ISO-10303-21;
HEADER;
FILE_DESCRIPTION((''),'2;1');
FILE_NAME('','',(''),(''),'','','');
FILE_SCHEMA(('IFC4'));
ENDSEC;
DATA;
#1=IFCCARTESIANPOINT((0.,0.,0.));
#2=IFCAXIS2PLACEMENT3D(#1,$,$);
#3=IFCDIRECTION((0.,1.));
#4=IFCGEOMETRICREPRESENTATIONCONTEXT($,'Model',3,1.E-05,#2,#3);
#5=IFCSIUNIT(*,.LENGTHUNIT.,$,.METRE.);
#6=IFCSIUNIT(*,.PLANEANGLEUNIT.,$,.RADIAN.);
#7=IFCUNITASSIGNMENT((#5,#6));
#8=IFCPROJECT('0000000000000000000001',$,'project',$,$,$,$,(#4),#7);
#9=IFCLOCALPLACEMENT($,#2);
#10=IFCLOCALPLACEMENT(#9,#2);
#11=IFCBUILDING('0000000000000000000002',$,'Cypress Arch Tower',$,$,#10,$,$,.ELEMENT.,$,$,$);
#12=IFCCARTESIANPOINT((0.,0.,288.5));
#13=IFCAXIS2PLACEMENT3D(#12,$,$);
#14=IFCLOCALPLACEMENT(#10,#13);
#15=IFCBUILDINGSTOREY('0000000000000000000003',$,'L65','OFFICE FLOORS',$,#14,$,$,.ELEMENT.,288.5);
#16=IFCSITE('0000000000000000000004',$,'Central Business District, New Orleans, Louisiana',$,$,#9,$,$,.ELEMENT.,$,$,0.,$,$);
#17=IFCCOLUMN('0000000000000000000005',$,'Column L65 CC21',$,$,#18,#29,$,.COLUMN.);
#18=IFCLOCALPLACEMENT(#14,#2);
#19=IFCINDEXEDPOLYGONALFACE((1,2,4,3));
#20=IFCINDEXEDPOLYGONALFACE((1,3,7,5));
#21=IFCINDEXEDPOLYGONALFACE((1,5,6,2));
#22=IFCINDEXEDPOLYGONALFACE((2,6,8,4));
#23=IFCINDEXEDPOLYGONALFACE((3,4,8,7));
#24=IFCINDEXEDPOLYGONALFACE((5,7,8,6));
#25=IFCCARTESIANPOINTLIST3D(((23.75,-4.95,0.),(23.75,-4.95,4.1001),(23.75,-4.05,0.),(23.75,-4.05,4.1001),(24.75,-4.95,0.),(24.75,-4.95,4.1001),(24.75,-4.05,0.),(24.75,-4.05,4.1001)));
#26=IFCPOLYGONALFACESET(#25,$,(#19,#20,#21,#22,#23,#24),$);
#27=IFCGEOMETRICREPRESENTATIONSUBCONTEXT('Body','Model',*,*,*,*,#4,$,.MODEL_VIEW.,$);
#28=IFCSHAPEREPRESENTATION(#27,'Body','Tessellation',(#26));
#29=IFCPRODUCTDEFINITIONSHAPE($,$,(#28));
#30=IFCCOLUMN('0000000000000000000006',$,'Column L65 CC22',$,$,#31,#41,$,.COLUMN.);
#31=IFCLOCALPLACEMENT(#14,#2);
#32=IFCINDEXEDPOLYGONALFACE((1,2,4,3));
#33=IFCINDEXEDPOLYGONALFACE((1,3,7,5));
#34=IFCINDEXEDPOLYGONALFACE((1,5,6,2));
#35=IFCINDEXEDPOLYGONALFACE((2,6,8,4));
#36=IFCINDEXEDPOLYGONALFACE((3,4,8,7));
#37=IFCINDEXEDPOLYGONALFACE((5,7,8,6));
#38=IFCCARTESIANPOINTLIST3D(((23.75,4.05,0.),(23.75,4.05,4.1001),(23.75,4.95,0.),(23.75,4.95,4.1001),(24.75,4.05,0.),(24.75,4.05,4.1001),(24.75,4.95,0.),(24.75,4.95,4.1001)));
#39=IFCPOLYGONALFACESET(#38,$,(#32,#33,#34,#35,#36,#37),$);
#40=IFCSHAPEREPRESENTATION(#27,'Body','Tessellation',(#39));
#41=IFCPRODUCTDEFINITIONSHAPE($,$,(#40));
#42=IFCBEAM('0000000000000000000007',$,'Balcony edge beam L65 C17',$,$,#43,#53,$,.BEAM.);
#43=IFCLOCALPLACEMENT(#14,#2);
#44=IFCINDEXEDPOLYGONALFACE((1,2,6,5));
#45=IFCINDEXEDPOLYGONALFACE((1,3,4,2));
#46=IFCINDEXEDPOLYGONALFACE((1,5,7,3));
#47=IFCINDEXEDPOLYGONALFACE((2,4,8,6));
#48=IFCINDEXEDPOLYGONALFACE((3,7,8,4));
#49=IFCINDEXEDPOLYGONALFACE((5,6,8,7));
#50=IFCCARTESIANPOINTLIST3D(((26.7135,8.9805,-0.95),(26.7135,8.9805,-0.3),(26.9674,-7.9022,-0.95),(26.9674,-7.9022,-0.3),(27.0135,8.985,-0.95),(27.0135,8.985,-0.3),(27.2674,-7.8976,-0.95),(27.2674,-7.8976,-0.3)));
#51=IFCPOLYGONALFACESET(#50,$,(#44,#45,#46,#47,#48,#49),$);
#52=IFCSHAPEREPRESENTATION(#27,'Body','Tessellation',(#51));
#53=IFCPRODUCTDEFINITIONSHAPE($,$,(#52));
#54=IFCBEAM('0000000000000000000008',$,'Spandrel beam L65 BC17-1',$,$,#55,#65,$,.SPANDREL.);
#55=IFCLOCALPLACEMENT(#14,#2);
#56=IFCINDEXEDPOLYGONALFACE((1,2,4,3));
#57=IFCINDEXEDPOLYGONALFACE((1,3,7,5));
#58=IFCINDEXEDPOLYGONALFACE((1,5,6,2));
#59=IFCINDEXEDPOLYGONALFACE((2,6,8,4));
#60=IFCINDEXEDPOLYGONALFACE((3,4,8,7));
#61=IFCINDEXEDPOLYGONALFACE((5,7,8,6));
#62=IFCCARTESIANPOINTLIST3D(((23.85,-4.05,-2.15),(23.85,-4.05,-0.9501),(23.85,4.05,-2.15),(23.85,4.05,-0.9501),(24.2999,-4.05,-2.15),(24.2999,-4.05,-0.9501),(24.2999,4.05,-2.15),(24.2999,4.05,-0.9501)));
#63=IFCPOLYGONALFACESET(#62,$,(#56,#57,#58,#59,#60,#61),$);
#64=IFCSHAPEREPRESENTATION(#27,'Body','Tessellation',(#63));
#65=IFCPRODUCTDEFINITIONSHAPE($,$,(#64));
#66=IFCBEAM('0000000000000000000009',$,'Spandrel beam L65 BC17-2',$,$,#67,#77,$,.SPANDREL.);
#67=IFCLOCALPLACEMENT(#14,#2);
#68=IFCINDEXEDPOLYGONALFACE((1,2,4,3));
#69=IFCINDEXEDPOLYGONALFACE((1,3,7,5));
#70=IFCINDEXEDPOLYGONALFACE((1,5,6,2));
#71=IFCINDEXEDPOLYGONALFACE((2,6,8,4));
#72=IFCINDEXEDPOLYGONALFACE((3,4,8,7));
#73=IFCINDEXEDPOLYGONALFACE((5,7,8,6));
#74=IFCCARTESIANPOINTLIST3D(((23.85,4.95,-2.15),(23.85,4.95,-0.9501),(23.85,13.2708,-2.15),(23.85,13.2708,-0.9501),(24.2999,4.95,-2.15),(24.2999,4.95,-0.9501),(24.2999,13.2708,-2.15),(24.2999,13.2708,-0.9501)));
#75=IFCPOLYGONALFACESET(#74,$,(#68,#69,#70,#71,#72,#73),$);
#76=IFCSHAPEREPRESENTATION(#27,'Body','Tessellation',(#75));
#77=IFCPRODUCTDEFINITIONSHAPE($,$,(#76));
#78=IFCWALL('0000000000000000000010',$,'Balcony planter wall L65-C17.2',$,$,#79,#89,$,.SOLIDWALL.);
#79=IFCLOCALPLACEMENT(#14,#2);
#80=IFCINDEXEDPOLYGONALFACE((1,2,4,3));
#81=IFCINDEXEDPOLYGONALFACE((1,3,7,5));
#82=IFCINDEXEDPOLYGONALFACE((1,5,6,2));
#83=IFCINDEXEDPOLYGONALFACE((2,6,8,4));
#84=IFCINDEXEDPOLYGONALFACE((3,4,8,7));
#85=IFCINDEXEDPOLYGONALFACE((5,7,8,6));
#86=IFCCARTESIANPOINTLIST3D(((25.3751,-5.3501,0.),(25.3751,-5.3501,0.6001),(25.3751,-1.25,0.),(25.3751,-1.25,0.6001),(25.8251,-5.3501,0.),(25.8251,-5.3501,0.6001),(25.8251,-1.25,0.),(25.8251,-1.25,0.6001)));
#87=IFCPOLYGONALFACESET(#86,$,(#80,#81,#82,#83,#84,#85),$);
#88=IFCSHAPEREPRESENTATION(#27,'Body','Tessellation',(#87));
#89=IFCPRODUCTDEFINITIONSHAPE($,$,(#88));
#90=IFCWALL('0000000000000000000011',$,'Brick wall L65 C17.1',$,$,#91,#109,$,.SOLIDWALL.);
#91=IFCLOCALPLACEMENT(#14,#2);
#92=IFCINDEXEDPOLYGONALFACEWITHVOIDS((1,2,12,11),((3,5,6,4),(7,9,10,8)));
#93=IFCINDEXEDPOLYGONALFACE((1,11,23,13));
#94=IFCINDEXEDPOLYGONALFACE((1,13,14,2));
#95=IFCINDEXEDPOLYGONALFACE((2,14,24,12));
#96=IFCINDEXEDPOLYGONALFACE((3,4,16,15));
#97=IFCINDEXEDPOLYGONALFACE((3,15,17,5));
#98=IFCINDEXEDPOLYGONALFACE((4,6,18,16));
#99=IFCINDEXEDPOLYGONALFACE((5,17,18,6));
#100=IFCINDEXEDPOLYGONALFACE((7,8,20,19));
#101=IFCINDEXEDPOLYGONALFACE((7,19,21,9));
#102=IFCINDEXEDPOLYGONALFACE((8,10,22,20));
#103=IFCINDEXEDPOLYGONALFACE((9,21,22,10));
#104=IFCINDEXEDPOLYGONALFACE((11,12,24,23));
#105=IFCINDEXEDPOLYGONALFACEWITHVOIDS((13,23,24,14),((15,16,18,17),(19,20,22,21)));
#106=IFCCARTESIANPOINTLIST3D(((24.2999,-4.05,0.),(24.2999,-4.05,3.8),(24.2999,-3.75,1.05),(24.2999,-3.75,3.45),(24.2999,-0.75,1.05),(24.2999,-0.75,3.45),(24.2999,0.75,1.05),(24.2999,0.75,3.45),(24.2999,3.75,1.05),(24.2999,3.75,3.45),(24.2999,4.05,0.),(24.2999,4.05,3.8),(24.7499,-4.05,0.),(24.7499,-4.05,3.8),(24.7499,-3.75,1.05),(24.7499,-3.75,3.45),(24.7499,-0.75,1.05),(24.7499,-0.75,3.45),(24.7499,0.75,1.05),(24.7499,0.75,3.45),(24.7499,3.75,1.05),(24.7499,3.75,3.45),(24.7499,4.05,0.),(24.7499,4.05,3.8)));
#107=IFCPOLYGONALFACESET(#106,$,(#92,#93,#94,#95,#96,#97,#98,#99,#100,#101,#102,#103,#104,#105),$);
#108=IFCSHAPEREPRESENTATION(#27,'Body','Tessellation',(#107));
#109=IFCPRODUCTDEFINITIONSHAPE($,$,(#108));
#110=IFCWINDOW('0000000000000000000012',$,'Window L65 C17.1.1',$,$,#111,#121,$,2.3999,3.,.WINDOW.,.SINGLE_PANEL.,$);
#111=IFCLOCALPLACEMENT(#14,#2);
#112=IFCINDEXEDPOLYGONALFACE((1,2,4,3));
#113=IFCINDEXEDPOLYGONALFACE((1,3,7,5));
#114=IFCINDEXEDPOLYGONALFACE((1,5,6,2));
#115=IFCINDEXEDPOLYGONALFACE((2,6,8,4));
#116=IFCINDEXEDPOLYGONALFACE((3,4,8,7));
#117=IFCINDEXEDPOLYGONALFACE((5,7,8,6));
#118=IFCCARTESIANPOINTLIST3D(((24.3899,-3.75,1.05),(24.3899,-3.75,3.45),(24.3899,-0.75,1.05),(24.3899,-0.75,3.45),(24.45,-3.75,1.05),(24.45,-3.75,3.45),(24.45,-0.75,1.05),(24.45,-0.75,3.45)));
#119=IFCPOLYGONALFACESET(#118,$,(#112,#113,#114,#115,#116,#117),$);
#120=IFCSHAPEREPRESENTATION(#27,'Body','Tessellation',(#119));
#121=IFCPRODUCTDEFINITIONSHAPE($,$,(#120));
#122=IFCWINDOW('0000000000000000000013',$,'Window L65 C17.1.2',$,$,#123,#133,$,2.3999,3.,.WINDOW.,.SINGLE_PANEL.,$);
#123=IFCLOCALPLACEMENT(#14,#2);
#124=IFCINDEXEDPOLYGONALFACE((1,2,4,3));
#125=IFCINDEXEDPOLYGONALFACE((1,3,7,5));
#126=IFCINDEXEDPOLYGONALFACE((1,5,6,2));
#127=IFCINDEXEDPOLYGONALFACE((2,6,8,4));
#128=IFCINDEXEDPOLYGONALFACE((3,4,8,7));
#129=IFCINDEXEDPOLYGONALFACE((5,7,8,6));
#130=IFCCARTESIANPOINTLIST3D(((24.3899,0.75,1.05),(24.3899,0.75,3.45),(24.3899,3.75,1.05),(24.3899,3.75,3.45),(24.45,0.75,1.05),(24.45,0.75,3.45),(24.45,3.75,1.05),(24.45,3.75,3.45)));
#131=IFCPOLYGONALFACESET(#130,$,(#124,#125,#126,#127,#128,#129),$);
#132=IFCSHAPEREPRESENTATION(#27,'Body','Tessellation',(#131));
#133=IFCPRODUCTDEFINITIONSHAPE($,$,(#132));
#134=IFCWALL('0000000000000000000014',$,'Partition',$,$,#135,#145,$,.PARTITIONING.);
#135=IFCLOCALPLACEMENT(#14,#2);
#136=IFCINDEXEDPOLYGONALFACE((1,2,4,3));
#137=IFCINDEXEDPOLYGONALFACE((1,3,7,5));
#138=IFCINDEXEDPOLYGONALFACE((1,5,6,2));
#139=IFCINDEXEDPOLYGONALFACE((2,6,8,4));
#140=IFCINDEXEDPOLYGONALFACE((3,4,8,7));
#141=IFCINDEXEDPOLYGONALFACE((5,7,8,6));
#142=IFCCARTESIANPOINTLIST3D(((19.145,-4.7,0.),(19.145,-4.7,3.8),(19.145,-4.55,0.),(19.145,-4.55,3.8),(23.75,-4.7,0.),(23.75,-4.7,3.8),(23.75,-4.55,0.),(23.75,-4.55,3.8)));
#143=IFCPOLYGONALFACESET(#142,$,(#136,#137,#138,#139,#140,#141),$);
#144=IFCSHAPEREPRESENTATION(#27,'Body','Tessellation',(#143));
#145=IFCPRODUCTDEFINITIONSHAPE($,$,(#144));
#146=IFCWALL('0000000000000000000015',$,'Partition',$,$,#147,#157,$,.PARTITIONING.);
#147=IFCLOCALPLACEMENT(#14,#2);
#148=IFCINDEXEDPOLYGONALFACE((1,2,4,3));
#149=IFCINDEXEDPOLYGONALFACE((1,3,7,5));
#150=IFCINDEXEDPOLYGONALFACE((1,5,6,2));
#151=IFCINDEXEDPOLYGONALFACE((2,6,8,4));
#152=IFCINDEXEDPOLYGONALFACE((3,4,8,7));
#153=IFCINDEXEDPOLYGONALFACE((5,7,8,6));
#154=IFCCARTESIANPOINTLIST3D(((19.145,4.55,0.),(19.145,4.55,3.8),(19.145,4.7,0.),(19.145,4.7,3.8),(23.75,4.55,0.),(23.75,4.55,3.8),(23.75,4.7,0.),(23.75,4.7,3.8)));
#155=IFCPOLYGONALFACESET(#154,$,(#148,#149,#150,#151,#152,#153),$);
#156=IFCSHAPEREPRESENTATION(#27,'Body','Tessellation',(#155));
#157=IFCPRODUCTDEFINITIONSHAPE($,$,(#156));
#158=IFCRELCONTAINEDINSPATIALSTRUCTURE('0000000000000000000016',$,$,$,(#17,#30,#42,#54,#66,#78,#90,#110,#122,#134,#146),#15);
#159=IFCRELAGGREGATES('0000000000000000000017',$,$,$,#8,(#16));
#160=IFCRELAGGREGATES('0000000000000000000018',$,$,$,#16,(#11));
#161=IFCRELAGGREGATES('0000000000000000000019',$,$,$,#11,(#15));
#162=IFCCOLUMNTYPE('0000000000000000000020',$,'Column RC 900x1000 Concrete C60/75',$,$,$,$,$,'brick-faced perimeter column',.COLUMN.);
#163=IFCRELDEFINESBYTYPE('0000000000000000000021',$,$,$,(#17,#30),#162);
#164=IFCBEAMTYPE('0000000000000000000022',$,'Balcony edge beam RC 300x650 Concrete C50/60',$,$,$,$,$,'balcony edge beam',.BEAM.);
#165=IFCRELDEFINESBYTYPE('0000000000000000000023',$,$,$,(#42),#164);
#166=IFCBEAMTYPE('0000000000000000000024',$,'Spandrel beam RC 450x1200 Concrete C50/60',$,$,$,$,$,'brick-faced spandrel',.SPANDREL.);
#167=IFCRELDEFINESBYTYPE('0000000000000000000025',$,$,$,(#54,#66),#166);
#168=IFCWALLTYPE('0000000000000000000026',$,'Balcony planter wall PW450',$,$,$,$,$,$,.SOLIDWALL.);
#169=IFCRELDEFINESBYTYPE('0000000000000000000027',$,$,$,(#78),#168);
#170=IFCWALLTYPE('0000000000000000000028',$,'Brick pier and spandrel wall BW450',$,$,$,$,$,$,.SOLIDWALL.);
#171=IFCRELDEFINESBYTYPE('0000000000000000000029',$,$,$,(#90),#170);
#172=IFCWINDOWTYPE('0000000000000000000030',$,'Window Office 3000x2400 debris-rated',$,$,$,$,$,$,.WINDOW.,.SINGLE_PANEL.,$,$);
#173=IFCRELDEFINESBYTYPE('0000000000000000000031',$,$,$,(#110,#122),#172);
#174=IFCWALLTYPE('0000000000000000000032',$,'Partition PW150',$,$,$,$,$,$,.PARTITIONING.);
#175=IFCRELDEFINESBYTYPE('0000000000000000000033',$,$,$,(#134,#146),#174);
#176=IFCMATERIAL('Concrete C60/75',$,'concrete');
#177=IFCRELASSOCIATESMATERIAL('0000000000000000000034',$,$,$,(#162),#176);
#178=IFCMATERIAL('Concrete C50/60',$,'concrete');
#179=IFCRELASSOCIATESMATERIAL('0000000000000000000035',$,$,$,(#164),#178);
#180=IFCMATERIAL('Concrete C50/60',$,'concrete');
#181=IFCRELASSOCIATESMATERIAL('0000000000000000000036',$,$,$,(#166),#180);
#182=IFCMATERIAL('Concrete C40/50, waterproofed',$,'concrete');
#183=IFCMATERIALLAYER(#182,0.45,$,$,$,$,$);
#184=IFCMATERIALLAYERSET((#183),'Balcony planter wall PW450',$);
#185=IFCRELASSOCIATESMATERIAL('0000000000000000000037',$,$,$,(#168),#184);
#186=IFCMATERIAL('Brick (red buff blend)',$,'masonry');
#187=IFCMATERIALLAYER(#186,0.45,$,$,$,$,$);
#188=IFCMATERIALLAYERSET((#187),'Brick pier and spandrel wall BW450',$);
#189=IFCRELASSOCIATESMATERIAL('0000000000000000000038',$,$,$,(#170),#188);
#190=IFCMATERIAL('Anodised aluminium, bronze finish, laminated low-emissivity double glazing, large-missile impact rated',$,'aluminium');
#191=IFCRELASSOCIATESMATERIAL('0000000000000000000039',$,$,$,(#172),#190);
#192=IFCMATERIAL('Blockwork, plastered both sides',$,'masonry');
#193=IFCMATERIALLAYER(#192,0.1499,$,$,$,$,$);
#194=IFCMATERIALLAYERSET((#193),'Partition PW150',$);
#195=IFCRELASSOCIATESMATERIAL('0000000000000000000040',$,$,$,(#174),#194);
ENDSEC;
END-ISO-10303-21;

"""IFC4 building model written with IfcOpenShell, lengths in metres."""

from ifc_helpers import new_model, si_unit, direction, frame, frame_2d, origin, origin_2d, place, context, subcontext, project, spatial, rectangle, extrude, material, layer, layer_set, material_profile, profile_set, type_object, element, fill, save


model = new_model("IFC4")

# Units and contexts
model_context = context("Model", 3, precision=1e-05, world=origin(), true_north=direction((0.0, 1.0)))
body_context = subcontext(model_context, "Body", "Model", "MODEL_VIEW")
ifc_project = project(units=[si_unit("LENGTHUNIT", "METRE"), si_unit("PLANEANGLEUNIT", "RADIAN")], contexts=[model_context])

# Site, building, storey
site_placement = place(None, origin())
site = spatial("IfcSite", under=ifc_project, at=site_placement, Name="Central Business District, New Orleans, Louisiana", CompositionType="ELEMENT", RefElevation=0.0)
building_placement = place(site_placement, origin())
building = spatial("IfcBuilding", under=site, at=building_placement, Name="Cypress Arch Tower", CompositionType="ELEMENT")
storey_placement = place(building_placement, frame((0.0, 0.0, 288.5)))
storey = spatial("IfcBuildingStorey", under=building, at=storey_placement, Name="L65", Description="OFFICE FLOORS", CompositionType="ELEMENT", Elevation=288.5)

# Columns
ifc_material_1 = material(Name="Concrete C60/75", Category="concrete")
ifc_material_profile_1 = material_profile(ifc_material_1, rectangle(XDim=0.8999, YDim=1.0, at=origin_2d()), Name="RC 900x1000")
ifc_profile_set_1 = profile_set([ifc_material_profile_1], Name="Concrete C60/75")
column_type = type_object("IfcColumnType", Name="Column RC 900x1000 Concrete C60/75", ElementType="brick-faced perimeter column", PredefinedType="COLUMN", material=ifc_profile_set_1)
for number, where, z_axis, x_axis, name in (
    (1, (24.25, -4.5, 0.0), (0.0, 0.0, 1.0), (0.0, 1.0, 0.0), "Column L65 CC21"),
    (2, (24.25, 4.5, 0.0), (0.0, 0.0, 1.0), (0.0, 1.0, 0.0), "Column L65 CC22"),
):
    element("IfcColumn", number, at=place(storey_placement, frame(where, z_axis=z_axis, x_axis=x_axis)), inside=storey, type_object=column_type, Name=name, PredefinedType="COLUMN", context=body_context, shape_type="SweptSolid", body=[
        extrude(rectangle(XDim=0.8999, YDim=1.0, at=origin_2d()), origin(), (0.0, 0.0, 1.0), 4.1001),
    ])

# Beams
ifc_material_2 = material(Name="Concrete C50/60", Category="concrete")
ifc_material_profile_2 = material_profile(ifc_material_2, rectangle(XDim=0.3, YDim=0.6499, at=origin_2d()), Name="RC 300x650")
ifc_profile_set_2 = profile_set([ifc_material_profile_2], Name="Concrete C50/60")
beam_type_1 = type_object("IfcBeamType", Name="Balcony edge beam RC 300x650 Concrete C50/60", ElementType="balcony edge beam", PredefinedType="BEAM", material=ifc_profile_set_2)
beam_1_placement = place(storey_placement, frame((27.1174, -7.8999, -0.625), z_axis=(-0.015038, 0.999887, 0.0), x_axis=(-0.999887, -0.015038, 0.0)))
element("IfcBeam", 3, at=beam_1_placement, inside=storey, type_object=beam_type_1, Name="Balcony edge beam L65 C17", PredefinedType="BEAM", context=body_context, shape_type="SweptSolid", body=[
    extrude(rectangle(XDim=0.3, YDim=0.6499, at=origin_2d()), origin(), (0.0, 0.0, 1.0), 16.8845),
])
ifc_material_3 = material(Name="Concrete C50/60", Category="concrete")
ifc_material_profile_3 = material_profile(ifc_material_3, rectangle(XDim=0.45, YDim=1.2, at=origin_2d()), Name="RC 450x1200")
ifc_profile_set_3 = profile_set([ifc_material_profile_3], Name="Concrete C50/60")
beam_type_2 = type_object("IfcBeamType", Name="Spandrel beam RC 450x1200 Concrete C50/60", ElementType="brick-faced spandrel", PredefinedType="SPANDREL", material=ifc_profile_set_3)
beam_2_placement = place(storey_placement, frame((24.075, -4.05, -1.55), z_axis=(0.0, 1.0, 0.0), x_axis=(-1.0, 0.0, 0.0)))
element("IfcBeam", 4, at=beam_2_placement, inside=storey, type_object=beam_type_2, Name="Spandrel beam L65 BC17-1", PredefinedType="SPANDREL", context=body_context, shape_type="SweptSolid", body=[
    extrude(rectangle(XDim=0.45, YDim=1.2, at=origin_2d()), origin(), (0.0, 0.0, 1.0), 8.1001),
])
beam_3_placement = place(storey_placement, frame((24.075, 4.95, -1.55), z_axis=(0.0, 1.0, 0.0), x_axis=(-1.0, 0.0, 0.0)))
element("IfcBeam", 5, at=beam_3_placement, inside=storey, type_object=beam_type_2, Name="Spandrel beam L65 BC17-2", PredefinedType="SPANDREL", context=body_context, shape_type="SweptSolid", body=[
    extrude(rectangle(XDim=0.45, YDim=1.2, at=origin_2d()), origin(), (0.0, 0.0, 1.0), 8.3208),
])

# Wall
ifc_material_4 = material(Name="Concrete C40/50, waterproofed", Category="concrete")
ifc_layer_1 = layer(ifc_material_4, 0.45)
ifc_layer_set_1 = layer_set([ifc_layer_1], Name="Balcony planter wall PW450")
wall_type_1 = type_object("IfcWallType", Name="Balcony planter wall PW450", PredefinedType="SOLIDWALL", material=ifc_layer_set_1)
wall_1_placement = place(storey_placement, frame((25.6001, -5.3501, 0.0), z_axis=(0.0, 0.0, 1.0), x_axis=(0.0, 1.0, 0.0)))
element("IfcWall", 6, at=wall_1_placement, inside=storey, type_object=wall_type_1, Name="Balcony planter wall L65-C17.2", PredefinedType="SOLIDWALL", context=body_context, shape_type="SweptSolid", body=[
    extrude(rectangle(XDim=4.1001, YDim=0.45, at=frame_2d((2.05, 0.0))), origin(), (0.0, 0.0, 1.0), 0.6001),
])

# Wall, openings, windows
ifc_material_5 = material(Name="Brick (red buff blend)", Category="masonry")
ifc_layer_2 = layer(ifc_material_5, 0.45)
ifc_layer_set_2 = layer_set([ifc_layer_2], Name="Brick pier and spandrel wall BW450")
wall_type_2 = type_object("IfcWallType", Name="Brick pier and spandrel wall BW450", PredefinedType="SOLIDWALL", material=ifc_layer_set_2)
wall_2_placement = place(storey_placement, frame((24.5249, -4.05, 0.0), z_axis=(0.0, 0.0, 1.0), x_axis=(0.0, 1.0, 0.0)))
wall_2 = element("IfcWall", 7, at=wall_2_placement, inside=storey, type_object=wall_type_2, Name="Brick wall L65 C17.1", PredefinedType="SOLIDWALL", context=body_context, shape_type="SweptSolid", body=[
    extrude(rectangle(XDim=8.1001, YDim=0.45, at=frame_2d((4.05, 0.0))), origin(), (0.0, 0.0, 1.0), 3.8),
])
opening_1_placement = place(wall_2_placement, frame((0.3, 0.0, 1.05)))
opening_1 = element("IfcOpeningElement", 8, at=opening_1_placement, cuts=wall_2, PredefinedType="OPENING", context=body_context, shape_type="SweptSolid", body=[
    extrude(rectangle(XDim=3.0, YDim=2.3999, at=frame_2d((1.5, 1.2))), frame((0.0, 0.2349, 0.0), z_axis=(0.0, -1.0, 0.0), x_axis=(1.0, 0.0, 0.0)), (0.0, 0.0, 1.0), 0.47),
])
opening_2_placement = place(wall_2_placement, frame((4.8, 0.0, 1.05)))
opening_2 = element("IfcOpeningElement", 9, at=opening_2_placement, cuts=wall_2, PredefinedType="OPENING", context=body_context, shape_type="SweptSolid", body=[
    extrude(rectangle(XDim=3.0, YDim=2.3999, at=frame_2d((1.5, 1.2))), frame((0.0, 0.2349, 0.0), z_axis=(0.0, -1.0, 0.0), x_axis=(1.0, 0.0, 0.0)), (0.0, 0.0, 1.0), 0.47),
])
ifc_material_6 = material(Name="Anodised aluminium, bronze finish, laminated low-emissivity double glazing, large-missile impact rated", Category="aluminium")
window_type = type_object("IfcWindowType", Name="Window Office 3000x2400 debris-rated", PartitioningType="SINGLE_PANEL", PredefinedType="WINDOW", material=ifc_material_6)
window_1_placement = place(opening_1_placement, origin())
window_1 = element("IfcWindow", 10, at=window_1_placement, inside=storey, type_object=window_type, Name="Window L65 C17.1.1", OverallHeight=2.3999, OverallWidth=3.0, PartitioningType="SINGLE_PANEL", PredefinedType="WINDOW", context=body_context, shape_type="SweptSolid", body=[
    extrude(rectangle(XDim=3.0, YDim=2.3999, at=frame_2d((1.5, 1.2))), frame((0.0, 0.135, 0.0), z_axis=(0.0, -1.0, 0.0), x_axis=(1.0, 0.0, 0.0)), (0.0, 0.0, 1.0), 0.0601),
])
fill(opening_1, window_1)
window_2_placement = place(opening_2_placement, origin())
window_2 = element("IfcWindow", 11, at=window_2_placement, inside=storey, type_object=window_type, Name="Window L65 C17.1.2", OverallHeight=2.3999, OverallWidth=3.0, PartitioningType="SINGLE_PANEL", PredefinedType="WINDOW", context=body_context, shape_type="SweptSolid", body=[
    extrude(rectangle(XDim=3.0, YDim=2.3999, at=frame_2d((1.5, 1.2))), frame((0.0, 0.135, 0.0), z_axis=(0.0, -1.0, 0.0), x_axis=(1.0, 0.0, 0.0)), (0.0, 0.0, 1.0), 0.0601),
])
fill(opening_2, window_2)

# Walls
ifc_material_7 = material(Name="Blockwork, plastered both sides", Category="masonry")
ifc_layer_3 = layer(ifc_material_7, 0.1499)
ifc_layer_set_3 = layer_set([ifc_layer_3], Name="Partition PW150")
wall_type_3 = type_object("IfcWallType", Name="Partition PW150", PredefinedType="PARTITIONING", material=ifc_layer_set_3)
for number, where, z_axis, x_axis, name in (
    (12, (19.145, -4.625, 0.0), (0.0, 0.0, 1.0), (1.0, 0.0, 0.0), "Partition"),
    (13, (19.145, 4.625, 0.0), (0.0, 0.0, 1.0), (1.0, 0.0, 0.0), "Partition"),
):
    element("IfcWall", number, at=place(storey_placement, frame(where, z_axis=z_axis, x_axis=x_axis)), inside=storey, type_object=wall_type_3, Name=name, PredefinedType="PARTITIONING", context=body_context, shape_type="SweptSolid", body=[
        extrude(rectangle(XDim=4.605, YDim=0.1499, at=frame_2d((2.3025, 0.0))), origin(), (0.0, 0.0, 1.0), 3.8),
    ])

save(model, "model.ifc")
